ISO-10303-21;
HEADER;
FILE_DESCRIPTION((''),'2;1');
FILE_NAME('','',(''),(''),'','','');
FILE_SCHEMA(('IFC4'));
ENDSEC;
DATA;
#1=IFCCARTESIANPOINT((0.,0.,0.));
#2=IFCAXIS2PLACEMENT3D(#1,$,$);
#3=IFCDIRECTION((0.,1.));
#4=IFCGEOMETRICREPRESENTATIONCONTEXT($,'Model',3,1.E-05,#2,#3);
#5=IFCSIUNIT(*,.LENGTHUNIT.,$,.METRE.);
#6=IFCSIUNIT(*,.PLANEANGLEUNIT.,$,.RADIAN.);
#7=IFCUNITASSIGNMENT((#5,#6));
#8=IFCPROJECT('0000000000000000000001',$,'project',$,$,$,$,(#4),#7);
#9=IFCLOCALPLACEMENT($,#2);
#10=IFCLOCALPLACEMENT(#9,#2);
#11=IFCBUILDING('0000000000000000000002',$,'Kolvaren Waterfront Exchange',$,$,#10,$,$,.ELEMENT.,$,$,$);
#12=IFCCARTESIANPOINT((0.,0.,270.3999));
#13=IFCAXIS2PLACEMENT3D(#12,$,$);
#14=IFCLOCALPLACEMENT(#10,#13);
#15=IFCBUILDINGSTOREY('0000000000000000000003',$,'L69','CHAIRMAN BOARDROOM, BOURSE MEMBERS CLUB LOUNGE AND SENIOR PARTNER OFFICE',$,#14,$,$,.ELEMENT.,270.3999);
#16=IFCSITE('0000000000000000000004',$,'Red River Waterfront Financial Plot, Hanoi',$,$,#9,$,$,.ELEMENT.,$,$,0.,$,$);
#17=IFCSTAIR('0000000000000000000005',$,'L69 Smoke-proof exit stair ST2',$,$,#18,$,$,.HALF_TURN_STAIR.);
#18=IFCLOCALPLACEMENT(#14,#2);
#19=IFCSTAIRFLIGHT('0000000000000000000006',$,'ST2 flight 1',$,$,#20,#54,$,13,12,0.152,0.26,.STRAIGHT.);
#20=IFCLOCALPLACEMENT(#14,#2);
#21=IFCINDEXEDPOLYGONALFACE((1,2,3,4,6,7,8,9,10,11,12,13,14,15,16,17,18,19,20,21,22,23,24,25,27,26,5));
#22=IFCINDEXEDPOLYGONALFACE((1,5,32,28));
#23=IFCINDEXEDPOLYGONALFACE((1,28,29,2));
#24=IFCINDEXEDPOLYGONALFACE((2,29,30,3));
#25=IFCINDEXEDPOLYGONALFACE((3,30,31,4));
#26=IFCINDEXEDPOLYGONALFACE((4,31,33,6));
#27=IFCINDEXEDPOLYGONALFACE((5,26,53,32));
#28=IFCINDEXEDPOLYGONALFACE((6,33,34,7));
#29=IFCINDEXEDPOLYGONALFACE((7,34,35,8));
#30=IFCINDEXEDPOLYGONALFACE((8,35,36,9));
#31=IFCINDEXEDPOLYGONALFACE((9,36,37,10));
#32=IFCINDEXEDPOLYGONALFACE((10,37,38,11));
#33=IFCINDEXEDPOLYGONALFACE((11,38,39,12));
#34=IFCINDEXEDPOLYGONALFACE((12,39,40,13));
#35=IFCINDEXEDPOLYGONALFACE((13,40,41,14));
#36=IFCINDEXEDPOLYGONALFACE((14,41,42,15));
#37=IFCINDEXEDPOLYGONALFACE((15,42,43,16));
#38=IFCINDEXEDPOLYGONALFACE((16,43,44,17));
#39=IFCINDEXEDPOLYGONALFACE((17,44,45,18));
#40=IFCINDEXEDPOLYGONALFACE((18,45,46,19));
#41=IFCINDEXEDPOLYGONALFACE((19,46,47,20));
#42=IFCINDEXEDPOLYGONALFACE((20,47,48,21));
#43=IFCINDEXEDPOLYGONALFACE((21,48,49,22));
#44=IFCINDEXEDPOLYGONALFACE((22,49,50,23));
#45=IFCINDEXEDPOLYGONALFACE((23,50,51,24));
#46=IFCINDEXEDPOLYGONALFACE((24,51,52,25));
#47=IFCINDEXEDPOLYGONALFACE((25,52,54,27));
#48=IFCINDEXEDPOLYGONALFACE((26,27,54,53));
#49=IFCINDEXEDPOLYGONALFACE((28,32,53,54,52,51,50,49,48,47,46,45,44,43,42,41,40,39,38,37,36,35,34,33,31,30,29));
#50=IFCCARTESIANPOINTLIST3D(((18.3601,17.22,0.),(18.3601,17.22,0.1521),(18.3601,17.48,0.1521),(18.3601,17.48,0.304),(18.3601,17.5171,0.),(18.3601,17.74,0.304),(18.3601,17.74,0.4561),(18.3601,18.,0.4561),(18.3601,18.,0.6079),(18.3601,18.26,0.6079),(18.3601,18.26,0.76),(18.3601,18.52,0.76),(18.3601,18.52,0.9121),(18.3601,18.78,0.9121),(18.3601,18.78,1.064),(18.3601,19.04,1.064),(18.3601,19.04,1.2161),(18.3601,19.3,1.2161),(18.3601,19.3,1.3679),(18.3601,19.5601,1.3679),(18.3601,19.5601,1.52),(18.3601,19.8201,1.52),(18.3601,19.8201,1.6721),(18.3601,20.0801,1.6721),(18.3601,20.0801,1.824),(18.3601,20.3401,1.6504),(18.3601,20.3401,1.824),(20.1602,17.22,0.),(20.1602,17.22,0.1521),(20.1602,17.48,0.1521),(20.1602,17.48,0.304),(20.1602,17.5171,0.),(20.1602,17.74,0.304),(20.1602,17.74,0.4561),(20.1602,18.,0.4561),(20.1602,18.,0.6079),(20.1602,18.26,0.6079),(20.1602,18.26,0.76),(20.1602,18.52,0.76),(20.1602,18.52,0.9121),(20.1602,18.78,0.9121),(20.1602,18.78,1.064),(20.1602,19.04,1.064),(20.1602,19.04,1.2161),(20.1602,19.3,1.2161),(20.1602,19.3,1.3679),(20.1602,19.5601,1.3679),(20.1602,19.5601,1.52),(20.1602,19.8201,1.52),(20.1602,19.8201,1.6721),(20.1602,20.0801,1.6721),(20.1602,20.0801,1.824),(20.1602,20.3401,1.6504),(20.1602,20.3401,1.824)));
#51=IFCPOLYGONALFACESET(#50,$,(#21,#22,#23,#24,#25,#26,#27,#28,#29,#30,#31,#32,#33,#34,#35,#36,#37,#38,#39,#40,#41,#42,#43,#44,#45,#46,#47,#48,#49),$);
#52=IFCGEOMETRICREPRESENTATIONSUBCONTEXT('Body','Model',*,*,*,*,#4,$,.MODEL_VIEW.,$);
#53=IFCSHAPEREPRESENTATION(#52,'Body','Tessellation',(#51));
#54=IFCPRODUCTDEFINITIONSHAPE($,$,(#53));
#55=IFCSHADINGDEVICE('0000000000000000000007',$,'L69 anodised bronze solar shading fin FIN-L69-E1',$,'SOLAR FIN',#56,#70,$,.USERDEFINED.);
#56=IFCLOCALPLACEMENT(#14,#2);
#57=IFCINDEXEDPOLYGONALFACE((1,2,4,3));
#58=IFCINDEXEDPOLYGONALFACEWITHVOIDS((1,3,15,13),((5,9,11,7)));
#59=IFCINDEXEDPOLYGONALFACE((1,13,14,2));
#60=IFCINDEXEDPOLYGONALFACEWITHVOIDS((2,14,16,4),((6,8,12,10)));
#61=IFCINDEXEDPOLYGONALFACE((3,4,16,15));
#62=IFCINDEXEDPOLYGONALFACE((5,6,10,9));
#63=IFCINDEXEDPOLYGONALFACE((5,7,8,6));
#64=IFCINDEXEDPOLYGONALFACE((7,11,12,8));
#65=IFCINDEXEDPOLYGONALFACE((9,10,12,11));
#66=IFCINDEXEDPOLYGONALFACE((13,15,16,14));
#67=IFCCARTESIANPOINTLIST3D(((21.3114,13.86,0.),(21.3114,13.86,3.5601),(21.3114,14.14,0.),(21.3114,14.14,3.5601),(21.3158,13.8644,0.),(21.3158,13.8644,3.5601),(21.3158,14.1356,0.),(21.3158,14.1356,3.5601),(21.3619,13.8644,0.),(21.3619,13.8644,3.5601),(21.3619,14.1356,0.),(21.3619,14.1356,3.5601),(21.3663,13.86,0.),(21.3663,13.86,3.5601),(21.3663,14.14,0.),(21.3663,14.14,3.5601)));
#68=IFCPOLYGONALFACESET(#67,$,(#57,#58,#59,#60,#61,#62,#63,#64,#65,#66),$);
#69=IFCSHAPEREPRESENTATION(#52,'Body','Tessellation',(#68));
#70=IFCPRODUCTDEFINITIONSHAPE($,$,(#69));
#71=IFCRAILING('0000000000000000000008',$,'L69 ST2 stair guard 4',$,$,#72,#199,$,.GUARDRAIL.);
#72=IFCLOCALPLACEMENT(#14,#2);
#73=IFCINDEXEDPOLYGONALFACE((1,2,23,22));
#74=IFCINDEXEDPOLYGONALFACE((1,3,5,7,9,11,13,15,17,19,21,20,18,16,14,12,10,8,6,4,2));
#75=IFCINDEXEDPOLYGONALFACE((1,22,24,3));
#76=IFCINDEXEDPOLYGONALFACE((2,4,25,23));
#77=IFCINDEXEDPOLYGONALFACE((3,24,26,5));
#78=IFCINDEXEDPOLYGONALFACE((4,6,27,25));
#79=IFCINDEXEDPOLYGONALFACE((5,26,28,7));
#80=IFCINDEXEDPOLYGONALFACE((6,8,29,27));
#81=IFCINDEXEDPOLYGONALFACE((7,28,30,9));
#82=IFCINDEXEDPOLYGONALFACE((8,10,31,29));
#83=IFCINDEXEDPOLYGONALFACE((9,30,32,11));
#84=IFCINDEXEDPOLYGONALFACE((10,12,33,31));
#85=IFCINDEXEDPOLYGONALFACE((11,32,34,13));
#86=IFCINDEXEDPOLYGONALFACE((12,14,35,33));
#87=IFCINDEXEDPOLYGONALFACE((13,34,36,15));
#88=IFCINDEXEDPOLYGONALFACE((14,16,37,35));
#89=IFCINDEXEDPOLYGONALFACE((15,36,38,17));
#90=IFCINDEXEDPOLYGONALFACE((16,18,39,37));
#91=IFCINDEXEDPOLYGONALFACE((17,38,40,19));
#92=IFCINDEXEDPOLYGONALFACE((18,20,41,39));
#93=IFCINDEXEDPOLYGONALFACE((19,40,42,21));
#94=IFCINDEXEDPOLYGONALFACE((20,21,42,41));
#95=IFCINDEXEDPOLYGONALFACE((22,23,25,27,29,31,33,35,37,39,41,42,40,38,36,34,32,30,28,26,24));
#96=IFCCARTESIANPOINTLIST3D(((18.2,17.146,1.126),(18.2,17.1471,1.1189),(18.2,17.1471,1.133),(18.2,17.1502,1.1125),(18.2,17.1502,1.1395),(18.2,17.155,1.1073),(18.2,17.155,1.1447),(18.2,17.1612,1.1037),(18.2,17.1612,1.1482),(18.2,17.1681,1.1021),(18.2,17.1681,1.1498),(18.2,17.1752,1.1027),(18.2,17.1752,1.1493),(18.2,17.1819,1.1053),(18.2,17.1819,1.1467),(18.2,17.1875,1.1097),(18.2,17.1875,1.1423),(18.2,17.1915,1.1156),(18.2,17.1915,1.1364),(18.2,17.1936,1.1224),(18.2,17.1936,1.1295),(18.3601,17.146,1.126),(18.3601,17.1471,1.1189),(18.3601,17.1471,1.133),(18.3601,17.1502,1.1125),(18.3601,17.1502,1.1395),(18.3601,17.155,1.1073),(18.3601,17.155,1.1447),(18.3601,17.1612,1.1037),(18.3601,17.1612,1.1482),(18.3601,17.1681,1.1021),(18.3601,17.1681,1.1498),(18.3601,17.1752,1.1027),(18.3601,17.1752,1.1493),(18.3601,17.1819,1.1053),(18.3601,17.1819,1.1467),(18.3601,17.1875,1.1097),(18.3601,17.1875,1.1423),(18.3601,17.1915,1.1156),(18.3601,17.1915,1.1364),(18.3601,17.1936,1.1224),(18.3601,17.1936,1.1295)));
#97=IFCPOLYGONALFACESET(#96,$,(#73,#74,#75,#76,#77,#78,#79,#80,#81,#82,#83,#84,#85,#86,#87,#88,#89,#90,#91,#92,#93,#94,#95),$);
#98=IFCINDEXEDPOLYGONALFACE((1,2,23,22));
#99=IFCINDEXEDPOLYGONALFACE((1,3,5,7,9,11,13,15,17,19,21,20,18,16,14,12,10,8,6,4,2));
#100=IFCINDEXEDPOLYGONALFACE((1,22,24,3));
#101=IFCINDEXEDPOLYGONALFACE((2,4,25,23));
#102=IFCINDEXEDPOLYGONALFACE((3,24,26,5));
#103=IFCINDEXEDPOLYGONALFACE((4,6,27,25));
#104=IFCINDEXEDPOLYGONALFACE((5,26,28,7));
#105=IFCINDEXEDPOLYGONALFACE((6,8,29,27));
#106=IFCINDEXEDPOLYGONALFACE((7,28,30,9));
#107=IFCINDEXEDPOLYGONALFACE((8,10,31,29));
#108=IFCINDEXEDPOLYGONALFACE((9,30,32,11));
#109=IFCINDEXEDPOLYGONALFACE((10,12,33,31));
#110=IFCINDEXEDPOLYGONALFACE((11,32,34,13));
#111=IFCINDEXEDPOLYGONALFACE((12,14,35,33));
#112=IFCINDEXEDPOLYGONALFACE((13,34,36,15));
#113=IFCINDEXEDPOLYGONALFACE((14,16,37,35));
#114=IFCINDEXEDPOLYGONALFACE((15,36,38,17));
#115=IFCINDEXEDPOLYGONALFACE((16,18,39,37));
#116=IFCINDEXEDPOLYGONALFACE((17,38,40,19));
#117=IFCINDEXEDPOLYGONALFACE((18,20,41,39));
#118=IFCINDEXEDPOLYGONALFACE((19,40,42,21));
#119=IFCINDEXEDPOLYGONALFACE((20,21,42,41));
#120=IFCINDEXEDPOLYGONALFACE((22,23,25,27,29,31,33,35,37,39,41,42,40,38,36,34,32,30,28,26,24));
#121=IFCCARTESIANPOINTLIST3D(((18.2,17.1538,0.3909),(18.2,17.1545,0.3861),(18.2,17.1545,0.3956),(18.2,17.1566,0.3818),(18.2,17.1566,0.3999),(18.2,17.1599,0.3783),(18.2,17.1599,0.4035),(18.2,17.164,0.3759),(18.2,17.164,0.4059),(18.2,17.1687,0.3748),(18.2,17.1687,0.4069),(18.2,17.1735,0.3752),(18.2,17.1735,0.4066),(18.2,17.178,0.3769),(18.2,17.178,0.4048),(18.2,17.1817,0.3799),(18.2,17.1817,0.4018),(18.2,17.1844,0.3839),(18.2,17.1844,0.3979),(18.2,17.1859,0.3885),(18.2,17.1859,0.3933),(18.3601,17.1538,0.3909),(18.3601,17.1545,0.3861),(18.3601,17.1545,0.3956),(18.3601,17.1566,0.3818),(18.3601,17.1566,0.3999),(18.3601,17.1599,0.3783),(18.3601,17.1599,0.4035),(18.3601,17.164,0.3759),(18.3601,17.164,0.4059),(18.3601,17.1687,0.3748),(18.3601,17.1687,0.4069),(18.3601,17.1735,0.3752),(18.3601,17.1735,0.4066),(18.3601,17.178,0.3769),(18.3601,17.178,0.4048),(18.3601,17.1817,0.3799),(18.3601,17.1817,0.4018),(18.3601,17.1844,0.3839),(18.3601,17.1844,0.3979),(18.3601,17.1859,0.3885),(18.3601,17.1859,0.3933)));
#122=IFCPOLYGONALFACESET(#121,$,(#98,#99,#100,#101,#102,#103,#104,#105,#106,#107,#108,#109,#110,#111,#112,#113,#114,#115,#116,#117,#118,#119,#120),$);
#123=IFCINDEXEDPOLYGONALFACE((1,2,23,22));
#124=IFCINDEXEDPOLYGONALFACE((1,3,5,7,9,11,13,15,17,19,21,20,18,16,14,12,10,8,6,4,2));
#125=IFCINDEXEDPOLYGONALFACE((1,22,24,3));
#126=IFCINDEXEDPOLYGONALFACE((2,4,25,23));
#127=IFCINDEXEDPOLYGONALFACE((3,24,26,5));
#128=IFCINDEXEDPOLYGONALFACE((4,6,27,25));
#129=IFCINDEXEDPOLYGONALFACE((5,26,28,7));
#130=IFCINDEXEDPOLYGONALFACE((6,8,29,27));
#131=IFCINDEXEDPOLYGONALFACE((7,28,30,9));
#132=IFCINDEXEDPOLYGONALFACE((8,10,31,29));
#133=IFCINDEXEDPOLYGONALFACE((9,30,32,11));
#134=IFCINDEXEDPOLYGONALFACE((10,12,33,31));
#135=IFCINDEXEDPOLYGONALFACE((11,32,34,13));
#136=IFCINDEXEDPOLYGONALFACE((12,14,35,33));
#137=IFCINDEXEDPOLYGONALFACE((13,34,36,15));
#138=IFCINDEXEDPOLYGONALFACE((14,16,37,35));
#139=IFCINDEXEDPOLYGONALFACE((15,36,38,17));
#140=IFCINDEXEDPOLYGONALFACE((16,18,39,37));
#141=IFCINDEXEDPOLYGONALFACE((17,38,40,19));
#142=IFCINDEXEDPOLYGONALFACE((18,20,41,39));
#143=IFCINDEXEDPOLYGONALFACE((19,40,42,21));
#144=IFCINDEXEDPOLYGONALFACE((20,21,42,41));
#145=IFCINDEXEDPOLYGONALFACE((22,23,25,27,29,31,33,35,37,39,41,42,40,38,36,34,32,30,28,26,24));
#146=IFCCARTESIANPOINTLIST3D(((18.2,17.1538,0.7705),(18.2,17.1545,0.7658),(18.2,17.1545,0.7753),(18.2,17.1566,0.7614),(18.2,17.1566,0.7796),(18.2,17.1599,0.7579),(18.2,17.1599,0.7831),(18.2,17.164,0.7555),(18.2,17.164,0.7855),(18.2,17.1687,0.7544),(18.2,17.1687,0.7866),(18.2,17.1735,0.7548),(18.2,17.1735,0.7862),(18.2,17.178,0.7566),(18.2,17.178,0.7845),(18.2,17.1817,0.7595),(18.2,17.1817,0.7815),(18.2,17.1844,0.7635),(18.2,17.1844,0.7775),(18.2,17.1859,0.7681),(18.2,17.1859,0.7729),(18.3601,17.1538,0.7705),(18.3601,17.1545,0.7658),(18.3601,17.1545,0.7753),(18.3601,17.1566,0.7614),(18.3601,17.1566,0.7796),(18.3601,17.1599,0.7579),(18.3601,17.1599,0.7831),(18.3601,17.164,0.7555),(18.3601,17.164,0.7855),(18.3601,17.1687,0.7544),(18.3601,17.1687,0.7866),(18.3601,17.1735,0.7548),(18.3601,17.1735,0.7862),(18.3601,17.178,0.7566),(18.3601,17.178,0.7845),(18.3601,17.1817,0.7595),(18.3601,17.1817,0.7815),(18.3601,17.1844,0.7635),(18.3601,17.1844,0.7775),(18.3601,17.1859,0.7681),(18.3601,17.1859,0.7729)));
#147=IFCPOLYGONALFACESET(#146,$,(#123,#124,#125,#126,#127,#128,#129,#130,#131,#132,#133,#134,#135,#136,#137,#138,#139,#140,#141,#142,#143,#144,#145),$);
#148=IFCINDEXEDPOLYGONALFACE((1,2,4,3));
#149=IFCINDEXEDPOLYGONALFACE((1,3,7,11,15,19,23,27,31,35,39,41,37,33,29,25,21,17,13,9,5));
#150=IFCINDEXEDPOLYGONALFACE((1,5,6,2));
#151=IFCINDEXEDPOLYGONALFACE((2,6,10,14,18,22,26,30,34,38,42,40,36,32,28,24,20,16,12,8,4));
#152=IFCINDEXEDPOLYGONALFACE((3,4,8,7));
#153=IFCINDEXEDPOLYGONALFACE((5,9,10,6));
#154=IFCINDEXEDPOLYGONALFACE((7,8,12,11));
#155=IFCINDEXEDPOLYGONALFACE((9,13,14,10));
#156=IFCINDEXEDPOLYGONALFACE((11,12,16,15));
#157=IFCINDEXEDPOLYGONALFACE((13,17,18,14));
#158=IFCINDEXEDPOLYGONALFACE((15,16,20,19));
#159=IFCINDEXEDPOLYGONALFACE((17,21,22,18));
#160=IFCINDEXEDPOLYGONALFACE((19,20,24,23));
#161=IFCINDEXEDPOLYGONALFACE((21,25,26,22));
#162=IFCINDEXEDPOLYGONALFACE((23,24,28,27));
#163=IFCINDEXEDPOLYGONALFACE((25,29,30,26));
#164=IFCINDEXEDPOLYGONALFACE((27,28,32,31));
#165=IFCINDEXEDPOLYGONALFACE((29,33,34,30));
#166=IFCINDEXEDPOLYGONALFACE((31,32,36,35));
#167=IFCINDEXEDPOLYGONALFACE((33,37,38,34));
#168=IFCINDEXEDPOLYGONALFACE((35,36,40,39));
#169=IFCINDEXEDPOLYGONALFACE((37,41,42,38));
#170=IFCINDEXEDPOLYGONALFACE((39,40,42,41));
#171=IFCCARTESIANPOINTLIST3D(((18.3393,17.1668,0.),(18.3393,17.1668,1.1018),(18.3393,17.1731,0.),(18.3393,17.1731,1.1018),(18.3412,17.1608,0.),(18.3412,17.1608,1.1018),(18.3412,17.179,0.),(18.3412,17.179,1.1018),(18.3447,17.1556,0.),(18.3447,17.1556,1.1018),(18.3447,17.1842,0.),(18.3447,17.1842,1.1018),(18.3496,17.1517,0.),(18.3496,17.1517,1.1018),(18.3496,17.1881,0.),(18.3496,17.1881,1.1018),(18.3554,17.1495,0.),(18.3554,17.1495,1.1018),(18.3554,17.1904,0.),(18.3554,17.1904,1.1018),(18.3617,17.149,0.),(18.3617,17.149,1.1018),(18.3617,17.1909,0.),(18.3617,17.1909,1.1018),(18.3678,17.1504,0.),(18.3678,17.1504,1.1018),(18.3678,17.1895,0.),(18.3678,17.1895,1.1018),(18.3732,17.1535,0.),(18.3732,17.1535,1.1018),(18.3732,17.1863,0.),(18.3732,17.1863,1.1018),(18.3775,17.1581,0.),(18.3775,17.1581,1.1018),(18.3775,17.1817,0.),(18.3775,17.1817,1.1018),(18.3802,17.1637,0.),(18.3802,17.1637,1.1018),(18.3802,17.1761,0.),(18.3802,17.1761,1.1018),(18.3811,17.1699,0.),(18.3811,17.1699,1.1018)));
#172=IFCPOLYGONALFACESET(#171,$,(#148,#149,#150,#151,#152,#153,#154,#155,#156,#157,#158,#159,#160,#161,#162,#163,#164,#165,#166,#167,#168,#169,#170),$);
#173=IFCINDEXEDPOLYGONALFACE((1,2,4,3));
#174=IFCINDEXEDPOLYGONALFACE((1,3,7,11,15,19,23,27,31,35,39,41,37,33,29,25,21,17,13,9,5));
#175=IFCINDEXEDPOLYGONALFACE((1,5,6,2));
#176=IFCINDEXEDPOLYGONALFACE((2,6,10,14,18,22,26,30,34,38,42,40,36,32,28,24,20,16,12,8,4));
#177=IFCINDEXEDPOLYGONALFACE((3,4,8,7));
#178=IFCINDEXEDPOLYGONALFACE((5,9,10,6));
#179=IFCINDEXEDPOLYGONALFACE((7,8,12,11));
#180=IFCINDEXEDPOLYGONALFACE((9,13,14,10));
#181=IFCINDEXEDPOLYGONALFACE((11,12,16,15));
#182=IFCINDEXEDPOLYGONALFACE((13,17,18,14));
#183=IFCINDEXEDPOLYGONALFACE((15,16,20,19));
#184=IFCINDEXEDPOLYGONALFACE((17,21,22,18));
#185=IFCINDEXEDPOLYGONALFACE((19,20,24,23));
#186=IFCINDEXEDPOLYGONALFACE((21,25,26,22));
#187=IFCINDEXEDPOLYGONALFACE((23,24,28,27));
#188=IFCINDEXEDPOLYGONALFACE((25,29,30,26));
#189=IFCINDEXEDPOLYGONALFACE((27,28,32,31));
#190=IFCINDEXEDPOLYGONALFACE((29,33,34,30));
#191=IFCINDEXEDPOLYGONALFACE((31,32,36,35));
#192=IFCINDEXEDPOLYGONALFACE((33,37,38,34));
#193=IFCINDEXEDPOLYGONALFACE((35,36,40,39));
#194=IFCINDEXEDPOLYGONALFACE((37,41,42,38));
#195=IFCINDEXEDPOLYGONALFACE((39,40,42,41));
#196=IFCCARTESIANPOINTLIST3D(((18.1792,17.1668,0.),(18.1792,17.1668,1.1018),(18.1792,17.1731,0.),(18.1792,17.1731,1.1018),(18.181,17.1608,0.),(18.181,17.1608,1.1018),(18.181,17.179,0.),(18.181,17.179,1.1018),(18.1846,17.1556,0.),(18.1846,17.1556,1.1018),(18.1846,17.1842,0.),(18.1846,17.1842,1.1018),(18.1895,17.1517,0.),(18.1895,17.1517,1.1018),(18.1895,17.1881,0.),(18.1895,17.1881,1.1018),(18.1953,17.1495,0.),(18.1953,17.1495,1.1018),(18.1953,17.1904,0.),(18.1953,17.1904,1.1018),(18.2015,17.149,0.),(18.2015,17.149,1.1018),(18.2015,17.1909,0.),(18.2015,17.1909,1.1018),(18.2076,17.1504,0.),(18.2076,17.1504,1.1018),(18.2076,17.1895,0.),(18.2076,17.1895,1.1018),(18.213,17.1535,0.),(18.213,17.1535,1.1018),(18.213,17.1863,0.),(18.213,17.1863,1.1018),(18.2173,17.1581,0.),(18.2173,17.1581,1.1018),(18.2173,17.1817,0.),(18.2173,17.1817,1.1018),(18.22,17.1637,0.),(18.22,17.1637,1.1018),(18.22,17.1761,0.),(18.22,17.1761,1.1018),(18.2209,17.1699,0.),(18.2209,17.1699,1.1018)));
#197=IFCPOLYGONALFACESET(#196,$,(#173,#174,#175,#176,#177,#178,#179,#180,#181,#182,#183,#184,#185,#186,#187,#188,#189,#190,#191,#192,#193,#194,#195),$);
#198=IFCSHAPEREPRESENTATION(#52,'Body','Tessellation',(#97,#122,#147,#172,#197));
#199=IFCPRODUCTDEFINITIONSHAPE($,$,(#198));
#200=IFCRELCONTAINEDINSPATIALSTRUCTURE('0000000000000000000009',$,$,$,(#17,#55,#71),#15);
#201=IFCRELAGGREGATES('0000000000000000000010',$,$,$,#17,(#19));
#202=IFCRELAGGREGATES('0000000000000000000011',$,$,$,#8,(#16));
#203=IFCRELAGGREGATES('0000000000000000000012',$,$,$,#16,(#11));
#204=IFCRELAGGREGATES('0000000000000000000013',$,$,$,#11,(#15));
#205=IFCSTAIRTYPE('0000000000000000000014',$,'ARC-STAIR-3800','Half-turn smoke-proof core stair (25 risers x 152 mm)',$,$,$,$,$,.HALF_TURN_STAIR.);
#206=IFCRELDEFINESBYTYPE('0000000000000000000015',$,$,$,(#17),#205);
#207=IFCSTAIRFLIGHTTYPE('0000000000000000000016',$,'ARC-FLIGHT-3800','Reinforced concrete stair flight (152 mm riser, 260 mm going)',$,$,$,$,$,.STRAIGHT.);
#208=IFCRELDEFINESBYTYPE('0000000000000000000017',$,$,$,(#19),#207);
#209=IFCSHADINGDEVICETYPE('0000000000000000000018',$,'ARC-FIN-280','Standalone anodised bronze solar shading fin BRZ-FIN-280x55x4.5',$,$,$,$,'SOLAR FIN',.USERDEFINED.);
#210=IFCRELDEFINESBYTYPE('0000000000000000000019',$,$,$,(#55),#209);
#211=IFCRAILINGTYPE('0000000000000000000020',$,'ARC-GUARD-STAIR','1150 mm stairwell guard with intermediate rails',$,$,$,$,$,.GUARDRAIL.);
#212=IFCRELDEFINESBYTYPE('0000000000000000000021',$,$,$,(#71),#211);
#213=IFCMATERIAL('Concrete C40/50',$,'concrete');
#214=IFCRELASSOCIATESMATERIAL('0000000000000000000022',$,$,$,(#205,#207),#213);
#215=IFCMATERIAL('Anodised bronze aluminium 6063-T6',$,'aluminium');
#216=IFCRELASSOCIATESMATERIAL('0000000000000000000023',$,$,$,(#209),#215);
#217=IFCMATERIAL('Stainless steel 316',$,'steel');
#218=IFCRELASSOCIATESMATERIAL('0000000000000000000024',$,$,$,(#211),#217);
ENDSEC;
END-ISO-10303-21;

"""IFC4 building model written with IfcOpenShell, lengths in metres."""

from ifc_helpers import new_model, si_unit, direction, frame, origin, origin_2d, place, context, subcontext, project, spatial, polyline, hollow_rectangle, circle, outline, extrude, material, material_profile, profile_set, type_object, element, aggregate, save


model = new_model("IFC4")

# Units and contexts
model_context = context("Model", 3, precision=1e-05, world=origin(), true_north=direction((0.0, 1.0)))
body_context = subcontext(model_context, "Body", "Model", "MODEL_VIEW")
ifc_project = project(units=[si_unit("LENGTHUNIT", "METRE"), si_unit("PLANEANGLEUNIT", "RADIAN")], contexts=[model_context])

# Site, building, storey
site_placement = place(None, origin())
site = spatial("IfcSite", under=ifc_project, at=site_placement, Name="Red River Waterfront Financial Plot, Hanoi", CompositionType="ELEMENT", RefElevation=0.0)
building_placement = place(site_placement, origin())
building = spatial("IfcBuilding", under=site, at=building_placement, Name="Kolvaren Waterfront Exchange", CompositionType="ELEMENT")
storey_placement = place(building_placement, frame((0.0, 0.0, 270.3999)))
storey = spatial("IfcBuildingStorey", under=building, at=storey_placement, Name="L69", Description="CHAIRMAN BOARDROOM, BOURSE MEMBERS CLUB LOUNGE AND SENIOR PARTNER OFFICE", CompositionType="ELEMENT", Elevation=270.3999)

# Shared definitions
ifc_material_1 = material(Name="Concrete C40/50", Category="concrete")

# Stair, stair flight
stair_type = type_object("IfcStairType", Name="ARC-STAIR-3800", Description="Half-turn smoke-proof core stair (25 risers x 152 mm)", PredefinedType="HALF_TURN_STAIR", material=ifc_material_1)
stair_placement = place(storey_placement, origin())
stair = element("IfcStair", 1, at=stair_placement, inside=storey, type_object=stair_type, Name="L69 Smoke-proof exit stair ST2", PredefinedType="HALF_TURN_STAIR")
stair_flight_type = type_object("IfcStairFlightType", Name="ARC-FLIGHT-3800", Description="Reinforced concrete stair flight (152 mm riser, 260 mm going)", PredefinedType="STRAIGHT", material=ifc_material_1)
stair_flight_placement = place(storey_placement, frame((19.26, 17.22, 0.0), z_axis=(0.0, 0.0, 1.0), x_axis=(0.0, 1.0, 0.0)))
stair_flight = element("IfcStairFlight", 2, at=stair_flight_placement, type_object=stair_flight_type, Name="ST2 flight 1", NumberOfRisers=13, NumberOfTreads=12, PredefinedType="STRAIGHT", RiserHeight=0.152, TreadLength=0.26, context=body_context, shape_type="SweptSolid", body=[
    extrude(outline(polyline([(0.0, 0.0), (0.0, 0.1521), (0.26, 0.1521), (0.26, 0.304), (0.52, 0.304), (0.52, 0.4561), (0.78, 0.4561), (0.78, 0.6079), (1.04, 0.6079), (1.04, 0.76), (1.3, 0.76), (1.3, 0.9121), (1.5601, 0.9121), (1.5601, 1.064), (1.8201, 1.064), (1.8201, 1.2161), (2.0801, 1.2161), (2.0801, 1.3679), (2.3401, 1.3679), (2.3401, 1.52), (2.6001, 1.52), (2.6001, 1.6721), (2.8601, 1.6721), (2.8601, 1.824), (3.1201, 1.824), (3.1201, 1.9761), (3.1201, 1.6504), (0.2971, 0.0), (0.0, 0.0)])), frame((0.0, 0.8999, 0.0), z_axis=(0.0, -1.0, 0.0), x_axis=(1.0, 0.0, 0.0)), (0.0, 0.0, 1.0), 1.8),
])
aggregate(stair, [stair_flight])

# Shading device
ifc_material_2 = material(Name="Anodised bronze aluminium 6063-T6", Category="aluminium")
ifc_material_profile_1 = material_profile(ifc_material_2, hollow_rectangle(XDim=0.0549, YDim=0.28, WallThickness=0.0044, at=origin_2d()), Name="BRZ-FIN-280x55x4.5")
ifc_profile_set_1 = profile_set([ifc_material_profile_1], Name="Anodised bronze aluminium 6063-T6")
shading_device_type = type_object("IfcShadingDeviceType", Name="ARC-FIN-280", Description="Standalone anodised bronze solar shading fin BRZ-FIN-280x55x4.5", ElementType="SOLAR FIN", PredefinedType="USERDEFINED", material=ifc_profile_set_1)
shading_device_placement = place(storey_placement, frame((21.3389, 14.0, 0.0), z_axis=(0.0, 0.0, 1.0), x_axis=(1.0, 0.0, 0.0)))
element("IfcShadingDevice", 3, at=shading_device_placement, inside=storey, type_object=shading_device_type, Name="L69 anodised bronze solar shading fin FIN-L69-E1", ObjectType="SOLAR FIN", PredefinedType="USERDEFINED", context=body_context, shape_type="SweptSolid", body=[
    extrude(hollow_rectangle(XDim=0.0549, YDim=0.28, WallThickness=0.0044, at=origin_2d()), origin(), (0.0, 0.0, 1.0), 3.5601),
])

# Railing
ifc_material_3 = material(Name="Stainless steel 316", Category="steel")
railing_type_1 = type_object("IfcRailingType", Name="ARC-GUARD-STAIR", Description="1150 mm stairwell guard with intermediate rails", PredefinedType="GUARDRAIL", material=ifc_material_3)
railing_1_placement = place(storey_placement, frame((18.3601, 17.1699, 0.0)))
element("IfcRailing", 4, at=railing_1_placement, inside=storey, type_object=railing_type_1, Name="L69 ST2 stair guard 4", PredefinedType="GUARDRAIL", context=body_context, shape_type="SweptSolid", body=[
    extrude(circle(Radius=0.0239, at=origin_2d()), frame((0.0, 0.0, 1.126), z_axis=(-1.0, 0.0, 0.0), x_axis=(0.0, -1.0, 0.0)), (0.0, 0.0, 1.0), 0.1602),
    extrude(circle(Radius=0.0161, at=origin_2d()), frame((0.0, 0.0, 0.3909), z_axis=(-1.0, 0.0, 0.0), x_axis=(0.0, -1.0, 0.0)), (0.0, 0.0, 1.0), 0.1602),
    extrude(circle(Radius=0.0161, at=origin_2d()), frame((0.0, 0.0, 0.7705), z_axis=(-1.0, 0.0, 0.0), x_axis=(0.0, -1.0, 0.0)), (0.0, 0.0, 1.0), 0.1602),
    extrude(circle(Radius=0.021, at=origin_2d()), origin(), (0.0, 0.0, 1.0), 1.1018),
    extrude(circle(Radius=0.021, at=origin_2d()), frame((-0.1602, 0.0, 0.0)), (0.0, 0.0, 1.0), 1.1018),
])

save(model, "model.ifc")
